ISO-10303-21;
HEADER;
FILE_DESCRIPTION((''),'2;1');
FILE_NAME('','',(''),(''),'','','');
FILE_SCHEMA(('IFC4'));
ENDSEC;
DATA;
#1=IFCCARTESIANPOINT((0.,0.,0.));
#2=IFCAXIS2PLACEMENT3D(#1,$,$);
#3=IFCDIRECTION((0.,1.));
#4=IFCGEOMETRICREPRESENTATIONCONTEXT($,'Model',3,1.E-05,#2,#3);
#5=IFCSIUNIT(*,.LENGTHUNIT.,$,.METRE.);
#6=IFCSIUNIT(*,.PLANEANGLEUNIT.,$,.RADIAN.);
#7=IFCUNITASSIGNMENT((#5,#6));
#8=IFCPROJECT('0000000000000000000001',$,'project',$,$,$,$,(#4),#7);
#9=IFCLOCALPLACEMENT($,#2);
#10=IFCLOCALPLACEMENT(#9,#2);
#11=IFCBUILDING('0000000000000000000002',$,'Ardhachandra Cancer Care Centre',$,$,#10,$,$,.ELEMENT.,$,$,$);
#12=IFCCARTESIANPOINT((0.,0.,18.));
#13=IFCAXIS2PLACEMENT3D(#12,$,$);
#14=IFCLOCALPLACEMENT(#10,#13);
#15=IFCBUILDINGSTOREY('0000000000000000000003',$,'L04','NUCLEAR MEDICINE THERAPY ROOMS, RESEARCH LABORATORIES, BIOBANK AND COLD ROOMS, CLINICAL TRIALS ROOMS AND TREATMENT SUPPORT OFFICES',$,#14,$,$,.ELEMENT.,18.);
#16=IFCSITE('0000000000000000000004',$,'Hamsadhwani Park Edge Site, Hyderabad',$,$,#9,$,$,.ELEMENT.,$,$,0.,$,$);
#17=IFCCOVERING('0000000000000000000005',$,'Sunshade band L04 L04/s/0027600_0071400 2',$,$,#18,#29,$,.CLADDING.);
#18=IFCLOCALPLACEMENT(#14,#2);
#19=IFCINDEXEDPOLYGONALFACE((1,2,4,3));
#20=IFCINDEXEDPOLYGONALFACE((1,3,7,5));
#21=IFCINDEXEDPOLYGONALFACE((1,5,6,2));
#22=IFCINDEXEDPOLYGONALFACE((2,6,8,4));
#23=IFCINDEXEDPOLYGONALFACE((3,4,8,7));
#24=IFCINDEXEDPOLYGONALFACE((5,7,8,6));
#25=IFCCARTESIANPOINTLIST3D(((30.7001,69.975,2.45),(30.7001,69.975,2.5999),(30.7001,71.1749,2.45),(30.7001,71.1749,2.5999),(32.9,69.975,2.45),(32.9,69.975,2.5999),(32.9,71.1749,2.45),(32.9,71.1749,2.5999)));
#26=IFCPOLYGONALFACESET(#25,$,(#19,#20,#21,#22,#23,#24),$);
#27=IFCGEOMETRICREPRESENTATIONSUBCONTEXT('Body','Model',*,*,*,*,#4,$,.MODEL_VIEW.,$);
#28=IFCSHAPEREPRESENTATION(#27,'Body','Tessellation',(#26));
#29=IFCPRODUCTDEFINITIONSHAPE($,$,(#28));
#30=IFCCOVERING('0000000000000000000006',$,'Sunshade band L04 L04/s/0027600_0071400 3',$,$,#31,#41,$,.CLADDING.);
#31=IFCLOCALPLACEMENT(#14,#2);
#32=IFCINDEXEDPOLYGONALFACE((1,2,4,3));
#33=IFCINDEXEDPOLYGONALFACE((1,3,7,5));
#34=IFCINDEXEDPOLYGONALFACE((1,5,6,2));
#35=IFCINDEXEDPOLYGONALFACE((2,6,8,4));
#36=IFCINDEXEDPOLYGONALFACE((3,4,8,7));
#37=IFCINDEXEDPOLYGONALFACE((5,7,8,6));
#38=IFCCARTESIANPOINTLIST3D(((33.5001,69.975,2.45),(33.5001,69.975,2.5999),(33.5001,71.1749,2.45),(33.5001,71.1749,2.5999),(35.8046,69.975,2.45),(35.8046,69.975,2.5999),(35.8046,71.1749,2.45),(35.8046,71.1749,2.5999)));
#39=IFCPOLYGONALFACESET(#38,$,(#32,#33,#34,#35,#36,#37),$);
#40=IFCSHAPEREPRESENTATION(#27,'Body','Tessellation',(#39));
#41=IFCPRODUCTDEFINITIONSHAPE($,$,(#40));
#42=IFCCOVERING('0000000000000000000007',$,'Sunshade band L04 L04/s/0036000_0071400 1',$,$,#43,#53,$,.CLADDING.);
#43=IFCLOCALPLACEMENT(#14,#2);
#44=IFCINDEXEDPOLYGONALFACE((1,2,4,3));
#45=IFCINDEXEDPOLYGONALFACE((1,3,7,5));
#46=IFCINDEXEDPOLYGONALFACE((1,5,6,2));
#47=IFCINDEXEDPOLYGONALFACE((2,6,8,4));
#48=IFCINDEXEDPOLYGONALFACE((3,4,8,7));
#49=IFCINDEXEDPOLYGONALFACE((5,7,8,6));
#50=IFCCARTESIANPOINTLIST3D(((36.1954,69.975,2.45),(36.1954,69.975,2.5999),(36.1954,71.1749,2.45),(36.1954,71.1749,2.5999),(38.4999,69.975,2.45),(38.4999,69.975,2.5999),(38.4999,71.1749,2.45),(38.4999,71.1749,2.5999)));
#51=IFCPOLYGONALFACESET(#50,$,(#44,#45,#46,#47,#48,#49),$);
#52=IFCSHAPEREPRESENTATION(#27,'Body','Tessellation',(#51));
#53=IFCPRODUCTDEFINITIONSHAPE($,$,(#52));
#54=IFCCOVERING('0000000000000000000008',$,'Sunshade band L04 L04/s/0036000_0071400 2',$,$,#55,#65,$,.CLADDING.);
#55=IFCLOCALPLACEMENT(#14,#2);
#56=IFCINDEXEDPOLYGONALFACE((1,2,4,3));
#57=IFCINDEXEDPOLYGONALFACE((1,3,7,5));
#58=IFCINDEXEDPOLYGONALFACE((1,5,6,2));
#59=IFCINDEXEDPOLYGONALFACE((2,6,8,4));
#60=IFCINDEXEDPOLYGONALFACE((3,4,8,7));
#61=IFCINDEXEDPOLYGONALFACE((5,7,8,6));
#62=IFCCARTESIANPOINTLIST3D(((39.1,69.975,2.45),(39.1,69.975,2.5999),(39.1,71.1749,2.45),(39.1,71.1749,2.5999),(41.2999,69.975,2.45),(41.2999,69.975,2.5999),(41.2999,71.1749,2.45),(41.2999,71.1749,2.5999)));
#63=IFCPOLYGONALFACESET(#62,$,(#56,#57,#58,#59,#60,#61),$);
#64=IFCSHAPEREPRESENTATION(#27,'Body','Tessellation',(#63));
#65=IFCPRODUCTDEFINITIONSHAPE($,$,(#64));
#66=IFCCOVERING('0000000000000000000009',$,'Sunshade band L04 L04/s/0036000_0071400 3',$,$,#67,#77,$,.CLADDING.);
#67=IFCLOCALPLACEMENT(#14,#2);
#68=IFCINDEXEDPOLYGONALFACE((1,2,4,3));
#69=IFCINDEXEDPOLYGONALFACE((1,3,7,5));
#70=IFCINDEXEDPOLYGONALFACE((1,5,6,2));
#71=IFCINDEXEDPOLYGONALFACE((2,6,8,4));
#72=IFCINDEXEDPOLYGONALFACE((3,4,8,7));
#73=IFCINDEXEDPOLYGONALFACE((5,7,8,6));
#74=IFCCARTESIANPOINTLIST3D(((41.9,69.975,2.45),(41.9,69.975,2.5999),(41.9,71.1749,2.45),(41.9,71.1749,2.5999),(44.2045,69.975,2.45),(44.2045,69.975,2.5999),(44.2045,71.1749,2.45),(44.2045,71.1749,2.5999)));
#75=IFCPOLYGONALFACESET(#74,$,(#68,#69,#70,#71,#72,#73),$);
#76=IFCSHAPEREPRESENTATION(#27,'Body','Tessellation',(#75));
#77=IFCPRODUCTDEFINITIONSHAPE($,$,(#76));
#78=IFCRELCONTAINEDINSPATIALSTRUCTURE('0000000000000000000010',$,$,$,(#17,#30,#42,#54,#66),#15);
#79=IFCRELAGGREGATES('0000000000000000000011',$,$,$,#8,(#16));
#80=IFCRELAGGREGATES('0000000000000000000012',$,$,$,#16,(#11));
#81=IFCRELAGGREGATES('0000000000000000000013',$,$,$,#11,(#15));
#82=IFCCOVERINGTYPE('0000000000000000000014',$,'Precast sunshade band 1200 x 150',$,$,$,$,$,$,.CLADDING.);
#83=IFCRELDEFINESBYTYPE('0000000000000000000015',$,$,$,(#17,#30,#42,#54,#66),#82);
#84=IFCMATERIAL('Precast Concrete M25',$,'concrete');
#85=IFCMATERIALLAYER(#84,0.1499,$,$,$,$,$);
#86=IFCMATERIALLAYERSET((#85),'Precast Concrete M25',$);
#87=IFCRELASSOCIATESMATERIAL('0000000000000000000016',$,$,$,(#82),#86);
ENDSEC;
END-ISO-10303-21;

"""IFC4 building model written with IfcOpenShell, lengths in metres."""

from ifc_helpers import new_model, si_unit, direction, frame, origin, origin_2d, place, context, subcontext, project, spatial, rectangle, extrude, material, layer, layer_set, type_object, element, save


model = new_model("IFC4")

# Units and contexts
model_context = context("Model", 3, precision=1e-05, world=origin(), true_north=direction((0.0, 1.0)))
body_context = subcontext(model_context, "Body", "Model", "MODEL_VIEW")
ifc_project = project(units=[si_unit("LENGTHUNIT", "METRE"), si_unit("PLANEANGLEUNIT", "RADIAN")], contexts=[model_context])

# Site, building, storey
site_placement = place(None, origin())
site = spatial("IfcSite", under=ifc_project, at=site_placement, Name="Hamsadhwani Park Edge Site, Hyderabad", CompositionType="ELEMENT", RefElevation=0.0)
building_placement = place(site_placement, origin())
building = spatial("IfcBuilding", under=site, at=building_placement, Name="Ardhachandra Cancer Care Centre", CompositionType="ELEMENT")
storey_placement = place(building_placement, frame((0.0, 0.0, 18.0)))
storey = spatial("IfcBuildingStorey", under=building, at=storey_placement, Name="L04", Description="NUCLEAR MEDICINE THERAPY ROOMS, RESEARCH LABORATORIES, BIOBANK AND COLD ROOMS, CLINICAL TRIALS ROOMS AND TREATMENT SUPPORT OFFICES", CompositionType="ELEMENT", Elevation=18.0)

# Coverings
ifc_material_1 = material(Name="Precast Concrete M25", Category="concrete")
ifc_layer_1 = layer(ifc_material_1, 0.1499)
ifc_layer_set_1 = layer_set([ifc_layer_1], Name="Precast Concrete M25")
covering_type_1 = type_object("IfcCoveringType", Name="Precast sunshade band 1200 x 150", PredefinedType="CLADDING", material=ifc_layer_set_1)
covering_1_placement = place(storey_placement, frame((31.8, 70.575, 2.45), z_axis=(0.0, 0.0, 1.0), x_axis=(1.0, 0.0, 0.0)))
element("IfcCovering", 1, at=covering_1_placement, inside=storey, type_object=covering_type_1, Name="Sunshade band L04 L04/s/0027600_0071400 2", PredefinedType="CLADDING", context=body_context, shape_type="SweptSolid", body=[
    extrude(rectangle(XDim=2.2, YDim=1.2, at=origin_2d()), origin(), (0.0, 0.0, 1.0), 0.1499),
])
for number, where, z_axis, x_axis, name in (
    (2, (34.6523, 70.575, 2.45), (0.0, 0.0, 1.0), (1.0, 0.0, 0.0), "Sunshade band L04 L04/s/0027600_0071400 3"),
    (3, (37.3477, 70.575, 2.45), (0.0, 0.0, 1.0), (1.0, 0.0, 0.0), "Sunshade band L04 L04/s/0036000_0071400 1"),
):
    element("IfcCovering", number, at=place(storey_placement, frame(where, z_axis=z_axis, x_axis=x_axis)), inside=storey, type_object=covering_type_1, Name=name, PredefinedType="CLADDING", context=body_context, shape_type="SweptSolid", body=[
        extrude(rectangle(XDim=2.3044, YDim=1.2, at=origin_2d()), origin(), (0.0, 0.0, 1.0), 0.1499),
    ])
covering_2_placement = place(storey_placement, frame((40.2, 70.575, 2.45), z_axis=(0.0, 0.0, 1.0), x_axis=(1.0, 0.0, 0.0)))
element("IfcCovering", 4, at=covering_2_placement, inside=storey, type_object=covering_type_1, Name="Sunshade band L04 L04/s/0036000_0071400 2", PredefinedType="CLADDING", context=body_context, shape_type="SweptSolid", body=[
    extrude(rectangle(XDim=2.2, YDim=1.2, at=origin_2d()), origin(), (0.0, 0.0, 1.0), 0.1499),
])
covering_3_placement = place(storey_placement, frame((43.0522, 70.575, 2.45), z_axis=(0.0, 0.0, 1.0), x_axis=(1.0, 0.0, 0.0)))
element("IfcCovering", 5, at=covering_3_placement, inside=storey, type_object=covering_type_1, Name="Sunshade band L04 L04/s/0036000_0071400 3", PredefinedType="CLADDING", context=body_context, shape_type="SweptSolid", body=[
    extrude(rectangle(XDim=2.3044, YDim=1.2, at=origin_2d()), origin(), (0.0, 0.0, 1.0), 0.1499),
])

save(model, "model.ifc")
